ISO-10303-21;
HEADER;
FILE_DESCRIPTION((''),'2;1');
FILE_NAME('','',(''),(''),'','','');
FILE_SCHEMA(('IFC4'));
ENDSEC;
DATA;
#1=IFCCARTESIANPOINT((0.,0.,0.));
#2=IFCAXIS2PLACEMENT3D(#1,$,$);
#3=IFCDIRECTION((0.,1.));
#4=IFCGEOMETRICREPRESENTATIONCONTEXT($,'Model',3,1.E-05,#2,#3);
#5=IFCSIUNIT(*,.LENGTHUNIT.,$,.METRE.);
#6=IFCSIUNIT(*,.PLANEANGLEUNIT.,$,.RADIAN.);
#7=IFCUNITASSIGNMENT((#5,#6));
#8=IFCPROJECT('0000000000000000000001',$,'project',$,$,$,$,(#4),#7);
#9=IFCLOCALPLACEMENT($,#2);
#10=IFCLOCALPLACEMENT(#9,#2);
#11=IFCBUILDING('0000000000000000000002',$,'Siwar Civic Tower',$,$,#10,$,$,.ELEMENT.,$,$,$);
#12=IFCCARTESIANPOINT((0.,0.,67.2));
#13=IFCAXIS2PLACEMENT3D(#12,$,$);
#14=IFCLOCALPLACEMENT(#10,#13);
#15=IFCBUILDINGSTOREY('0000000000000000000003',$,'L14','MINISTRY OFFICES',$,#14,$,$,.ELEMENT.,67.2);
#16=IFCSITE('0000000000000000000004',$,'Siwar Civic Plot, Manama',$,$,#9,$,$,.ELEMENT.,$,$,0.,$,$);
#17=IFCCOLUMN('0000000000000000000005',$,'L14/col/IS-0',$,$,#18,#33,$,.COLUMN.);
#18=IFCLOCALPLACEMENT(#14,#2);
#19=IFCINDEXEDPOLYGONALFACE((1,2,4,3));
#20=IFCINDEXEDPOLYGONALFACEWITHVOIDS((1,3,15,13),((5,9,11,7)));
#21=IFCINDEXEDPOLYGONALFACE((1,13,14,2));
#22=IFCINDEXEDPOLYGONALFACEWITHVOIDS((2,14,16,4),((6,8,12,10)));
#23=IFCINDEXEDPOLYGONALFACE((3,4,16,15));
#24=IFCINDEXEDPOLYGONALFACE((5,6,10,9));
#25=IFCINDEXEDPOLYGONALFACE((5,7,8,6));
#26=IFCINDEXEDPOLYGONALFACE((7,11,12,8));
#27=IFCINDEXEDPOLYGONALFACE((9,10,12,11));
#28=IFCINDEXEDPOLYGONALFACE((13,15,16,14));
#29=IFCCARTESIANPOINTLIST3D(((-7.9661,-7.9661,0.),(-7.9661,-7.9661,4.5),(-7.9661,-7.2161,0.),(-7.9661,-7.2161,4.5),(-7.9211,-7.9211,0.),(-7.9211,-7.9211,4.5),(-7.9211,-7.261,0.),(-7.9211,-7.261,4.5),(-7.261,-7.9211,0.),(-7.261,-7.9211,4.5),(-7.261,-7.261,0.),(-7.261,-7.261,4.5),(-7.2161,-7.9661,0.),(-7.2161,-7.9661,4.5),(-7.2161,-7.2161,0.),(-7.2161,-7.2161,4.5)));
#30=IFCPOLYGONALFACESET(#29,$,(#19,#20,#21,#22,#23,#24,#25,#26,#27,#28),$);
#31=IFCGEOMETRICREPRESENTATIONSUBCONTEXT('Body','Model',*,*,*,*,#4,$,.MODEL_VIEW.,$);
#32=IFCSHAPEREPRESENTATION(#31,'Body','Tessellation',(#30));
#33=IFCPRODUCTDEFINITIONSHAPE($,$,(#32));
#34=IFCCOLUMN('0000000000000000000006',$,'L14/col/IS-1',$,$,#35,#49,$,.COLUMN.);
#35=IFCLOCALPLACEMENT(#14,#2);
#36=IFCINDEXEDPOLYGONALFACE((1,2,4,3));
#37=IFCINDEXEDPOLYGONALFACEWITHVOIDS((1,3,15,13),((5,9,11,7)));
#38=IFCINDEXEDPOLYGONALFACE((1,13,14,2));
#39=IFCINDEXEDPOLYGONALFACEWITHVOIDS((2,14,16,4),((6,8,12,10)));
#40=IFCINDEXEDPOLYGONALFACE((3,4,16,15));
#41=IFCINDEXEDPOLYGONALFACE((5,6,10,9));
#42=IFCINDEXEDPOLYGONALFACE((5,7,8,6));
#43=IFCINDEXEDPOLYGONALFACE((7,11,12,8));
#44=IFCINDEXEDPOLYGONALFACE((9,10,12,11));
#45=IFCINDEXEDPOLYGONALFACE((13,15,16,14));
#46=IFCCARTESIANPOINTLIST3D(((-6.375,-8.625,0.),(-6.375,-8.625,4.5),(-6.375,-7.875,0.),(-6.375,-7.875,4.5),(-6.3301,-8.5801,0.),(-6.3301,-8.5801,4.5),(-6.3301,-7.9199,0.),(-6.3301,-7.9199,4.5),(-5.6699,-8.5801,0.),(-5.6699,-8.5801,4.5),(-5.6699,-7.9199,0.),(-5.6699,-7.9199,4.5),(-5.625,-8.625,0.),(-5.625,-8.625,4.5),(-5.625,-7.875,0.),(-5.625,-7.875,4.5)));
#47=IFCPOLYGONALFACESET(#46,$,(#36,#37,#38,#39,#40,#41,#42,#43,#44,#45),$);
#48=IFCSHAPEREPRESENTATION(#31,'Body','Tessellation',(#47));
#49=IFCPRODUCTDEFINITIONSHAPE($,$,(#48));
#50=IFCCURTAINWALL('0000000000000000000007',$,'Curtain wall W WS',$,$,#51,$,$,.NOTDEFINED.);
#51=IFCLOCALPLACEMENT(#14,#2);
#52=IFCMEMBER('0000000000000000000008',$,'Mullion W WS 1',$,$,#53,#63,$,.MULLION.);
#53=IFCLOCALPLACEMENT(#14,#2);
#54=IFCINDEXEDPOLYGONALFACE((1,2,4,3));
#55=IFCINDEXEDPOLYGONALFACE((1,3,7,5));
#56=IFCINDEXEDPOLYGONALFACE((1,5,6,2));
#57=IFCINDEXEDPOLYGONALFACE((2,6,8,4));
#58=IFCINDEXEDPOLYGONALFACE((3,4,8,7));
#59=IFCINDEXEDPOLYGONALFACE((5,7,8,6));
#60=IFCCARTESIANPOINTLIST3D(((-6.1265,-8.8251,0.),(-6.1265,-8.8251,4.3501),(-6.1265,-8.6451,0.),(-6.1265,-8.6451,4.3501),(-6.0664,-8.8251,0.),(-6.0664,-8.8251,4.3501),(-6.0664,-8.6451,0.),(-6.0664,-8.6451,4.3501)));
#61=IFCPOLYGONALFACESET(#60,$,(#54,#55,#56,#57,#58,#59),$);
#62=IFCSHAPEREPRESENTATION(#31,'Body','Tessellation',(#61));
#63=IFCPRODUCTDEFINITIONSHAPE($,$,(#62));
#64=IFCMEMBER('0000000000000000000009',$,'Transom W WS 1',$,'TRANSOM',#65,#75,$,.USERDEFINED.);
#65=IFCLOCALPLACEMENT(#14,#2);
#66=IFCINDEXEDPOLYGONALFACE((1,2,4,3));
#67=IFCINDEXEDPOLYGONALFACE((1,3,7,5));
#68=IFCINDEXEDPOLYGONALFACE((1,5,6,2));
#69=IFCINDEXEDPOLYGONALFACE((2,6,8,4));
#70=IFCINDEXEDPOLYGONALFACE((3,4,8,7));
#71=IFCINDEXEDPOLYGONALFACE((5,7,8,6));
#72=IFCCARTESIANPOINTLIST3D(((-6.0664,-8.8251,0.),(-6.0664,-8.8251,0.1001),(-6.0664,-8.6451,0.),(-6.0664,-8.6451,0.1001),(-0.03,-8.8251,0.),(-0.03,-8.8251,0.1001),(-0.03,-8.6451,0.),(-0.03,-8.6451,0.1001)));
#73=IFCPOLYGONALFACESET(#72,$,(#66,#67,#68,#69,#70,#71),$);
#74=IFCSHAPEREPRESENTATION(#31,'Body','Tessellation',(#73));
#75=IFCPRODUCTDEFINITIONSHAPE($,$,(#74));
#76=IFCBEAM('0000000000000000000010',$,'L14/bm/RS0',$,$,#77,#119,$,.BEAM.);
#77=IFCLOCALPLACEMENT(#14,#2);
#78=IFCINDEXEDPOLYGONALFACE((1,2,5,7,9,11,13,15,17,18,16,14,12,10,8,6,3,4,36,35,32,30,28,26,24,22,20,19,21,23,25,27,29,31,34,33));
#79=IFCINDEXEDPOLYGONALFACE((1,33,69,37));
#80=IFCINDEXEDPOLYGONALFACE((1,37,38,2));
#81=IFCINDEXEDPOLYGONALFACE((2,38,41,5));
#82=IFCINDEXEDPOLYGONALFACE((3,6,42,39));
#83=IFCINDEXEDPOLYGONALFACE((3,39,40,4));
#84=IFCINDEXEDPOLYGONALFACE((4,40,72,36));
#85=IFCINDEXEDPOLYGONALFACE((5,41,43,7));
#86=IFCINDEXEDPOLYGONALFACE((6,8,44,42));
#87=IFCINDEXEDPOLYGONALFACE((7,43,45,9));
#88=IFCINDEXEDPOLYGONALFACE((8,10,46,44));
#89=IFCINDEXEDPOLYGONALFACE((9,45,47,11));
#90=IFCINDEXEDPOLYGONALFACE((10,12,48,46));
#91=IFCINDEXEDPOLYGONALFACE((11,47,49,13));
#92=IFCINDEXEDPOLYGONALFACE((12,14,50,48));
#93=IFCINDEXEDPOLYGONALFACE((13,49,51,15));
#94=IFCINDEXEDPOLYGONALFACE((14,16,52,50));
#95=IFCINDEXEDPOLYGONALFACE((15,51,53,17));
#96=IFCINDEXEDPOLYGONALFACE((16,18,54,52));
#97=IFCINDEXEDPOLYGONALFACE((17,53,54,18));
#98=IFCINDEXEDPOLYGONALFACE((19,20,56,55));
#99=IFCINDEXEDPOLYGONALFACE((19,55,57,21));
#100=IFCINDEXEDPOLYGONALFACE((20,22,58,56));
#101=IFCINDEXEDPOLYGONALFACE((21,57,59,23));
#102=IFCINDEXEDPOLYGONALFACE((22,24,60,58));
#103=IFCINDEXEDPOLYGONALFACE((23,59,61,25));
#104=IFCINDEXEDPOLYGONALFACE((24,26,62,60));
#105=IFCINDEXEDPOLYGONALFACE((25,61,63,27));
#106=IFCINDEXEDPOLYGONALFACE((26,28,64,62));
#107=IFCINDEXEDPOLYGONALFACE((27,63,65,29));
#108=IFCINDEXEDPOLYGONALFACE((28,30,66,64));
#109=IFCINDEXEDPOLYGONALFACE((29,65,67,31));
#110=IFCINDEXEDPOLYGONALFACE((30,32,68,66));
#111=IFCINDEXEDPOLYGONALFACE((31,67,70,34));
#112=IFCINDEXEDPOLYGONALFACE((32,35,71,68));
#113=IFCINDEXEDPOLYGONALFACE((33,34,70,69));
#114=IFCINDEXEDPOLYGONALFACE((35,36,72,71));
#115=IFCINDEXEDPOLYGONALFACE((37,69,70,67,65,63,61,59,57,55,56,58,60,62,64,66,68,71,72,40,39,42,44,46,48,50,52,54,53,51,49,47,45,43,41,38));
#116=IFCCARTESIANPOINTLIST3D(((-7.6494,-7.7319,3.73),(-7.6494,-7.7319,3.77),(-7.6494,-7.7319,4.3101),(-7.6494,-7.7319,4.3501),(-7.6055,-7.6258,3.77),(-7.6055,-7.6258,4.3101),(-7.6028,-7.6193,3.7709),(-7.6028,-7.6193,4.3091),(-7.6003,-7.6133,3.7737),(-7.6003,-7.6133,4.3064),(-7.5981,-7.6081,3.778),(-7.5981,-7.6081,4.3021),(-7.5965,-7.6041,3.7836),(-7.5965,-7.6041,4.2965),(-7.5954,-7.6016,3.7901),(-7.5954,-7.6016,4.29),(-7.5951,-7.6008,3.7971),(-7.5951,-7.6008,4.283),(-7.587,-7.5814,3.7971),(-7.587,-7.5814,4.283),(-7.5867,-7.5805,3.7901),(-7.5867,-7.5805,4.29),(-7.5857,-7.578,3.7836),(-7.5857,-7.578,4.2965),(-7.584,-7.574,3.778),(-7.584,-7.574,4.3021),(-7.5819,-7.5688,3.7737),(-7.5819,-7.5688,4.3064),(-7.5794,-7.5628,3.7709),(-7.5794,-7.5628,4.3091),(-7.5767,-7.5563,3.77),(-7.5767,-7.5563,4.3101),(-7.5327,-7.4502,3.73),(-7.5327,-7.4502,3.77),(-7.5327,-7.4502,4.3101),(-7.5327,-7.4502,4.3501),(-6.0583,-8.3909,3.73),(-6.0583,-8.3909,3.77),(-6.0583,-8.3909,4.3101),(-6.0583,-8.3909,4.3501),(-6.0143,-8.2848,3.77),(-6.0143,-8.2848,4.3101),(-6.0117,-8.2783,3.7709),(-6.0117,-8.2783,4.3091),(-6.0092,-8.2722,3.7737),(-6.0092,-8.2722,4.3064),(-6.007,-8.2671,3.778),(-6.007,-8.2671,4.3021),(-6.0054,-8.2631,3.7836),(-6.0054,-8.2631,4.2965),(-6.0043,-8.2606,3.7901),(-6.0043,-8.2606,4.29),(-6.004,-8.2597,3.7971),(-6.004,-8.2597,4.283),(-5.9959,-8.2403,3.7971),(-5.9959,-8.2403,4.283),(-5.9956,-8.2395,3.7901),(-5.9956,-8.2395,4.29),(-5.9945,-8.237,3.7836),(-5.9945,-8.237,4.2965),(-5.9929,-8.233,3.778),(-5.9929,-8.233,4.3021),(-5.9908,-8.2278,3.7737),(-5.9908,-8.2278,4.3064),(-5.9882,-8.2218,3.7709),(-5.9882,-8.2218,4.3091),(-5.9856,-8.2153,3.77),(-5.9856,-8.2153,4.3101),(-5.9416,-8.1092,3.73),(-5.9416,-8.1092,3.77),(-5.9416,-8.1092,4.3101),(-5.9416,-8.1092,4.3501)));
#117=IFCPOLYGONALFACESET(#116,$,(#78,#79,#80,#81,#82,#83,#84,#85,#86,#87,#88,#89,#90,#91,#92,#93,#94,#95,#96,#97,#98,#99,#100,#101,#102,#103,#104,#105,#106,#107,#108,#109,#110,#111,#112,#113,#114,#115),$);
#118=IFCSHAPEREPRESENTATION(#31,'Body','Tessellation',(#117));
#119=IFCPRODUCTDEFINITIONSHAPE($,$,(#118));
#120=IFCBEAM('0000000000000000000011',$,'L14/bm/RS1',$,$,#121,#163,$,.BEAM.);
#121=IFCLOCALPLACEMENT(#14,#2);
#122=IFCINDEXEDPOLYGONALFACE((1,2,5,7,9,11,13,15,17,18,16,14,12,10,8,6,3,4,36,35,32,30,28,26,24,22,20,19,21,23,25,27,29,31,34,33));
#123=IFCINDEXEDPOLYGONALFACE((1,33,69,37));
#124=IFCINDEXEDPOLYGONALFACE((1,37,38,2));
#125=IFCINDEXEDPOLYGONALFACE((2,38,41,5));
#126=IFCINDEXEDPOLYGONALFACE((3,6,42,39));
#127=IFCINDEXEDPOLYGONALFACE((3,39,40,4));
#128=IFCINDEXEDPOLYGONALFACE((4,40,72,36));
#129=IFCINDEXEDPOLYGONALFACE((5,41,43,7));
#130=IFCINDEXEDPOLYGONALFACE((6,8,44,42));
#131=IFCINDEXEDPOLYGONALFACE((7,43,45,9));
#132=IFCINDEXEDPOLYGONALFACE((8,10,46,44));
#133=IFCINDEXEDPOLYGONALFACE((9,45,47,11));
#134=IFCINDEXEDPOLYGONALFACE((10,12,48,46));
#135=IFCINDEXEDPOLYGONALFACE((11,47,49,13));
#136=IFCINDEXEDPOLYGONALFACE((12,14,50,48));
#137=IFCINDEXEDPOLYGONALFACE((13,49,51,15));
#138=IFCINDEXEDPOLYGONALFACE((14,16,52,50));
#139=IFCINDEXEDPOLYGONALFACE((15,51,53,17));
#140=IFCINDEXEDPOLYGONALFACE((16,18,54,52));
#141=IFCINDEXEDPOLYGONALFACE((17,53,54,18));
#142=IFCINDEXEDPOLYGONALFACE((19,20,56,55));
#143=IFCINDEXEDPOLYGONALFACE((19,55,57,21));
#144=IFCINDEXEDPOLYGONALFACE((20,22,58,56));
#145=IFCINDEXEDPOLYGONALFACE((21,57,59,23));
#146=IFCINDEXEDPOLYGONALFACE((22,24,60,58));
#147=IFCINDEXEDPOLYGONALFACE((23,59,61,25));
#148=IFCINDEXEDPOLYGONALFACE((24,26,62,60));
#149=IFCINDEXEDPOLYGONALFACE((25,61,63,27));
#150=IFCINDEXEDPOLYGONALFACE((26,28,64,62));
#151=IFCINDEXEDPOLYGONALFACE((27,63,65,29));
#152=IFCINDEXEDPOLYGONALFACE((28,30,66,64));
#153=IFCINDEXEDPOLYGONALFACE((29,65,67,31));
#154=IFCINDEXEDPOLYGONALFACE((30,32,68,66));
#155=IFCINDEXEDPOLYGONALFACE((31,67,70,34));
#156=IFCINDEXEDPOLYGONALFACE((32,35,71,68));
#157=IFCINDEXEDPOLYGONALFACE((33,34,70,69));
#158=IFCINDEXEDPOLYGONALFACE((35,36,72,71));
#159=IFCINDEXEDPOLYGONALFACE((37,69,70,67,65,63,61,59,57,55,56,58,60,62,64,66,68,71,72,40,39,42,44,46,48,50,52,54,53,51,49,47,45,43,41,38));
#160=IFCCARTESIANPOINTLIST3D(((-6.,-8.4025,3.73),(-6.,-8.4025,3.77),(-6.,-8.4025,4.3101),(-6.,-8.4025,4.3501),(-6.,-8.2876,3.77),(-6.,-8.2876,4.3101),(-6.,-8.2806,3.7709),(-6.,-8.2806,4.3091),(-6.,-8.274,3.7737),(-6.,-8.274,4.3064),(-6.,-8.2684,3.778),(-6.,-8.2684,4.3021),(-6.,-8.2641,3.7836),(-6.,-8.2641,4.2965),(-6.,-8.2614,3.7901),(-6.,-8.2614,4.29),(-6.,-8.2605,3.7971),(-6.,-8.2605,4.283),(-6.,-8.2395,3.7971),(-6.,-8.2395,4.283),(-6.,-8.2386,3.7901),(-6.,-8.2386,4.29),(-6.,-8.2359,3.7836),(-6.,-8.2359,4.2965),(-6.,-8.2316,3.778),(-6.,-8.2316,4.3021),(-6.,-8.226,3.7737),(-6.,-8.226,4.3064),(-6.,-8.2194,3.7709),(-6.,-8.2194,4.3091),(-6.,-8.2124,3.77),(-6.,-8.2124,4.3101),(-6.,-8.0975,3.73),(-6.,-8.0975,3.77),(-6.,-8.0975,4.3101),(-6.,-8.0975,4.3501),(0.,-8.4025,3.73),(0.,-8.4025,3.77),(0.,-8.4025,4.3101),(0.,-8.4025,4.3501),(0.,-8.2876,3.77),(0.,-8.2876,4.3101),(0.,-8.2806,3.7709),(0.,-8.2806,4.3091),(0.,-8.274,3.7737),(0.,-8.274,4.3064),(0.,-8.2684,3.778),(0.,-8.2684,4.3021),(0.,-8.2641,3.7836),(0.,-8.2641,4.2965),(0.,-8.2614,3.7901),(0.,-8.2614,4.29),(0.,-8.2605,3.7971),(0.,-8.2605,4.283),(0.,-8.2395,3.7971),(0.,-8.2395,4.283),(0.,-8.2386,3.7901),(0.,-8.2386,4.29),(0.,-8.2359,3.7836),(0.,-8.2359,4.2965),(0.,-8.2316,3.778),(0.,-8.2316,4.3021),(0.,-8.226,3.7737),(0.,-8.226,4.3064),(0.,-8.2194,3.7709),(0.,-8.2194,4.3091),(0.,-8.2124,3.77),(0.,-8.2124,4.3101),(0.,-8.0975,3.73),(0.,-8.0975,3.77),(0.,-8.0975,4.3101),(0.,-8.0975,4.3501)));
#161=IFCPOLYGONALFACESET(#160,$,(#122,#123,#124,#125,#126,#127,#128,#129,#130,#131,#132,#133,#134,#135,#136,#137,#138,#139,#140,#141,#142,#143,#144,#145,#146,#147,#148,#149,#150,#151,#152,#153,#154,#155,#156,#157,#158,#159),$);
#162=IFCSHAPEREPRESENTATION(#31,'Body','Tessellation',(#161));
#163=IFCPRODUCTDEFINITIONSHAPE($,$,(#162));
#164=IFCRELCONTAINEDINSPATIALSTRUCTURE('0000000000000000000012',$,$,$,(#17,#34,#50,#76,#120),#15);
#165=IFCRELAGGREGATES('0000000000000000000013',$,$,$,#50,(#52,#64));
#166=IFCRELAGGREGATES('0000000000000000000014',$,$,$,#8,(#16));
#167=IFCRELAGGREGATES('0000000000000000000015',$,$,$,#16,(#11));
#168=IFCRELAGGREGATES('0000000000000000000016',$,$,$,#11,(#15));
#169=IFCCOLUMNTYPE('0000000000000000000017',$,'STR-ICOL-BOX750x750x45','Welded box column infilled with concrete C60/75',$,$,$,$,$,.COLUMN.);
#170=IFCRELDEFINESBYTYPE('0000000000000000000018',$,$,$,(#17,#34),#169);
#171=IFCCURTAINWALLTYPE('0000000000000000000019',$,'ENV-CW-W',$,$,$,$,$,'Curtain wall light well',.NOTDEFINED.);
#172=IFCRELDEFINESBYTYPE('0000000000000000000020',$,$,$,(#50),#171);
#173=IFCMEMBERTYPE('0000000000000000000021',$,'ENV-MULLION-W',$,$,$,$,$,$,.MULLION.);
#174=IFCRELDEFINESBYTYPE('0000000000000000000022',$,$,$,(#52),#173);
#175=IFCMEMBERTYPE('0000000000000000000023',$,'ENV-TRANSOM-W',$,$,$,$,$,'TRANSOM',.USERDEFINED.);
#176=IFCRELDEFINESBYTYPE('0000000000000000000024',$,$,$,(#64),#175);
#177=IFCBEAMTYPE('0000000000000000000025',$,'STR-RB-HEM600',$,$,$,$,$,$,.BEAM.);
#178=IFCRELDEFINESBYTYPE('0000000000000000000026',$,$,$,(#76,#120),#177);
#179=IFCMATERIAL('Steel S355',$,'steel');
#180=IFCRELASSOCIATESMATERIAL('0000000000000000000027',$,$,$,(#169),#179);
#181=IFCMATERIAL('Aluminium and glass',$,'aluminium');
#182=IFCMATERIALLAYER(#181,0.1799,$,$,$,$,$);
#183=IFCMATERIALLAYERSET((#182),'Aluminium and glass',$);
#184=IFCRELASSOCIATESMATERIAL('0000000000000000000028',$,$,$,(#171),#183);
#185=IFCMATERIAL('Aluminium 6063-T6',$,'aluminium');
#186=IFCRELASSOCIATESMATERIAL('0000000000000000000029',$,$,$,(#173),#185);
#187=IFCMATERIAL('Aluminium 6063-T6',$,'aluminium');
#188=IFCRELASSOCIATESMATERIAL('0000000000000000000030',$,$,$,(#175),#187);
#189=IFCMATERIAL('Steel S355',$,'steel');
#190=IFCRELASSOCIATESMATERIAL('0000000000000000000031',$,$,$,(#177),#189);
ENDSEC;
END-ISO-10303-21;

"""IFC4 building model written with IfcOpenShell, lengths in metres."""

from ifc_helpers import new_model, si_unit, direction, frame, origin, origin_2d, place, context, subcontext, project, spatial, rectangle, hollow_rectangle, i_section, extrude, material, layer, layer_set, material_profile, profile_set, type_object, element, aggregate, save


model = new_model("IFC4")

# Units and contexts
model_context = context("Model", 3, precision=1e-05, world=origin(), true_north=direction((0.0, 1.0)))
body_context = subcontext(model_context, "Body", "Model", "MODEL_VIEW")
ifc_project = project(units=[si_unit("LENGTHUNIT", "METRE"), si_unit("PLANEANGLEUNIT", "RADIAN")], contexts=[model_context])

# Site, building, storey
site_placement = place(None, origin())
site = spatial("IfcSite", under=ifc_project, at=site_placement, Name="Siwar Civic Plot, Manama", CompositionType="ELEMENT", RefElevation=0.0)
building_placement = place(site_placement, origin())
building = spatial("IfcBuilding", under=site, at=building_placement, Name="Siwar Civic Tower", CompositionType="ELEMENT")
storey_placement = place(building_placement, frame((0.0, 0.0, 67.2)))
storey = spatial("IfcBuildingStorey", under=building, at=storey_placement, Name="L14", Description="MINISTRY OFFICES", CompositionType="ELEMENT", Elevation=67.2)

# Columns
ifc_material_1 = material(Name="Steel S355", Category="steel")
ifc_material_profile_1 = material_profile(ifc_material_1, hollow_rectangle(XDim=0.75, YDim=0.75, WallThickness=0.0449, at=origin_2d()), Name="BOX750x750x45")
ifc_profile_set_1 = profile_set([ifc_material_profile_1], Name="Steel S355")
column_type = type_object("IfcColumnType", Name="STR-ICOL-BOX750x750x45", Description="Welded box column infilled with concrete C60/75", PredefinedType="COLUMN", material=ifc_profile_set_1)
for number, where, z_axis, x_axis, name in (
    (1, (-7.5911, -7.5911, 0.0), (0.0, 0.0, 1.0), (1.0, 0.0, 0.0), "L14/col/IS-0"),
    (2, (-6.0, -8.25, 0.0), (0.0, 0.0, 1.0), (1.0, 0.0, 0.0), "L14/col/IS-1"),
):
    element("IfcColumn", number, at=place(storey_placement, frame(where, z_axis=z_axis, x_axis=x_axis)), inside=storey, type_object=column_type, Name=name, PredefinedType="COLUMN", context=body_context, shape_type="SweptSolid", body=[
        extrude(hollow_rectangle(XDim=0.75, YDim=0.75, WallThickness=0.0449, at=origin_2d()), origin(), (0.0, 0.0, 1.0), 4.5),
    ])

# Curtain wall, members
ifc_material_2 = material(Name="Aluminium and glass", Category="aluminium")
ifc_layer_1 = layer(ifc_material_2, 0.1799)
ifc_layer_set_1 = layer_set([ifc_layer_1], Name="Aluminium and glass")
curtain_wall_type = type_object("IfcCurtainWallType", Name="ENV-CW-W", ElementType="Curtain wall light well", PredefinedType="NOTDEFINED", material=ifc_layer_set_1)
curtain_wall_placement = place(storey_placement, origin())
curtain_wall = element("IfcCurtainWall", 3, at=curtain_wall_placement, inside=storey, type_object=curtain_wall_type, Name="Curtain wall W WS", PredefinedType="NOTDEFINED")
ifc_material_3 = material(Name="Aluminium 6063-T6", Category="aluminium")
ifc_material_profile_2 = material_profile(ifc_material_3, rectangle(XDim=0.1799, YDim=0.0601, at=origin_2d()), Name="AL 180x60")
ifc_profile_set_2 = profile_set([ifc_material_profile_2], Name="Aluminium 6063-T6")
member_type_1 = type_object("IfcMemberType", Name="ENV-MULLION-W", PredefinedType="MULLION", material=ifc_profile_set_2)
member_1_placement = place(storey_placement, frame((-6.0964, -8.7351, 0.0), z_axis=(0.0, 0.0, 1.0), x_axis=(0.0, 1.0, 0.0)))
member_1 = element("IfcMember", 4, at=member_1_placement, type_object=member_type_1, Name="Mullion W WS 1", PredefinedType="MULLION", context=body_context, shape_type="SweptSolid", body=[
    extrude(rectangle(XDim=0.1799, YDim=0.0601, at=origin_2d()), origin(), (0.0, 0.0, 1.0), 4.3501),
])
ifc_material_4 = material(Name="Aluminium 6063-T6", Category="aluminium")
ifc_material_profile_3 = material_profile(ifc_material_4, rectangle(XDim=0.1799, YDim=0.1001, at=origin_2d()), Name="AL 180x100")
ifc_profile_set_3 = profile_set([ifc_material_profile_3], Name="Aluminium 6063-T6")
member_type_2 = type_object("IfcMemberType", Name="ENV-TRANSOM-W", ElementType="TRANSOM", PredefinedType="USERDEFINED", material=ifc_profile_set_3)
member_2_placement = place(storey_placement, frame((-6.0664, -8.7351, 0.05), z_axis=(1.0, 0.0, 0.0), x_axis=(0.0, 1.0, 0.0)))
member_2 = element("IfcMember", 5, at=member_2_placement, type_object=member_type_2, Name="Transom W WS 1", ObjectType="TRANSOM", PredefinedType="USERDEFINED", context=body_context, shape_type="SweptSolid", body=[
    extrude(rectangle(XDim=0.1799, YDim=0.1001, at=origin_2d()), origin(), (0.0, 0.0, 1.0), 6.0364),
])

# Beams
ifc_material_5 = material(Name="Steel S355", Category="steel")
ifc_material_profile_4 = material_profile(ifc_material_5, i_section(OverallWidth=0.3049, OverallDepth=0.6201, WebThickness=0.021, FlangeThickness=0.04, FilletRadius=0.0271, at=origin_2d()), Name="HEM600")
ifc_profile_set_4 = profile_set([ifc_material_profile_4], Name="Steel S355")
beam_type = type_object("IfcBeamType", Name="STR-RB-HEM600", PredefinedType="BEAM", material=ifc_profile_set_4)
beam_1_placement = place(storey_placement, frame((-7.5911, -7.5911, 4.04), z_axis=(0.923901, -0.382631, 0.0), x_axis=(0.382631, 0.923901, 0.0)))
element("IfcBeam", 6, at=beam_1_placement, inside=storey, type_object=beam_type, Name="L14/bm/RS0", PredefinedType="BEAM", context=body_context, shape_type="SweptSolid", body=[
    extrude(i_section(OverallWidth=0.3049, OverallDepth=0.6201, WebThickness=0.021, FlangeThickness=0.04, FilletRadius=0.0271, at=origin_2d()), origin(), (0.0, 0.0, 1.0), 1.7222),
])
beam_2_placement = place(storey_placement, frame((-6.0, -8.25, 4.04), z_axis=(1.0, 0.0, 0.0), x_axis=(0.0, 1.0, 0.0)))
element("IfcBeam", 7, at=beam_2_placement, inside=storey, type_object=beam_type, Name="L14/bm/RS1", PredefinedType="BEAM", context=body_context, shape_type="SweptSolid", body=[
    extrude(i_section(OverallWidth=0.3049, OverallDepth=0.6201, WebThickness=0.021, FlangeThickness=0.04, FilletRadius=0.0271, at=origin_2d()), origin(), (0.0, 0.0, 1.0), 6.0),
])

aggregate(curtain_wall, [member_1, member_2])

save(model, "model.ifc")
